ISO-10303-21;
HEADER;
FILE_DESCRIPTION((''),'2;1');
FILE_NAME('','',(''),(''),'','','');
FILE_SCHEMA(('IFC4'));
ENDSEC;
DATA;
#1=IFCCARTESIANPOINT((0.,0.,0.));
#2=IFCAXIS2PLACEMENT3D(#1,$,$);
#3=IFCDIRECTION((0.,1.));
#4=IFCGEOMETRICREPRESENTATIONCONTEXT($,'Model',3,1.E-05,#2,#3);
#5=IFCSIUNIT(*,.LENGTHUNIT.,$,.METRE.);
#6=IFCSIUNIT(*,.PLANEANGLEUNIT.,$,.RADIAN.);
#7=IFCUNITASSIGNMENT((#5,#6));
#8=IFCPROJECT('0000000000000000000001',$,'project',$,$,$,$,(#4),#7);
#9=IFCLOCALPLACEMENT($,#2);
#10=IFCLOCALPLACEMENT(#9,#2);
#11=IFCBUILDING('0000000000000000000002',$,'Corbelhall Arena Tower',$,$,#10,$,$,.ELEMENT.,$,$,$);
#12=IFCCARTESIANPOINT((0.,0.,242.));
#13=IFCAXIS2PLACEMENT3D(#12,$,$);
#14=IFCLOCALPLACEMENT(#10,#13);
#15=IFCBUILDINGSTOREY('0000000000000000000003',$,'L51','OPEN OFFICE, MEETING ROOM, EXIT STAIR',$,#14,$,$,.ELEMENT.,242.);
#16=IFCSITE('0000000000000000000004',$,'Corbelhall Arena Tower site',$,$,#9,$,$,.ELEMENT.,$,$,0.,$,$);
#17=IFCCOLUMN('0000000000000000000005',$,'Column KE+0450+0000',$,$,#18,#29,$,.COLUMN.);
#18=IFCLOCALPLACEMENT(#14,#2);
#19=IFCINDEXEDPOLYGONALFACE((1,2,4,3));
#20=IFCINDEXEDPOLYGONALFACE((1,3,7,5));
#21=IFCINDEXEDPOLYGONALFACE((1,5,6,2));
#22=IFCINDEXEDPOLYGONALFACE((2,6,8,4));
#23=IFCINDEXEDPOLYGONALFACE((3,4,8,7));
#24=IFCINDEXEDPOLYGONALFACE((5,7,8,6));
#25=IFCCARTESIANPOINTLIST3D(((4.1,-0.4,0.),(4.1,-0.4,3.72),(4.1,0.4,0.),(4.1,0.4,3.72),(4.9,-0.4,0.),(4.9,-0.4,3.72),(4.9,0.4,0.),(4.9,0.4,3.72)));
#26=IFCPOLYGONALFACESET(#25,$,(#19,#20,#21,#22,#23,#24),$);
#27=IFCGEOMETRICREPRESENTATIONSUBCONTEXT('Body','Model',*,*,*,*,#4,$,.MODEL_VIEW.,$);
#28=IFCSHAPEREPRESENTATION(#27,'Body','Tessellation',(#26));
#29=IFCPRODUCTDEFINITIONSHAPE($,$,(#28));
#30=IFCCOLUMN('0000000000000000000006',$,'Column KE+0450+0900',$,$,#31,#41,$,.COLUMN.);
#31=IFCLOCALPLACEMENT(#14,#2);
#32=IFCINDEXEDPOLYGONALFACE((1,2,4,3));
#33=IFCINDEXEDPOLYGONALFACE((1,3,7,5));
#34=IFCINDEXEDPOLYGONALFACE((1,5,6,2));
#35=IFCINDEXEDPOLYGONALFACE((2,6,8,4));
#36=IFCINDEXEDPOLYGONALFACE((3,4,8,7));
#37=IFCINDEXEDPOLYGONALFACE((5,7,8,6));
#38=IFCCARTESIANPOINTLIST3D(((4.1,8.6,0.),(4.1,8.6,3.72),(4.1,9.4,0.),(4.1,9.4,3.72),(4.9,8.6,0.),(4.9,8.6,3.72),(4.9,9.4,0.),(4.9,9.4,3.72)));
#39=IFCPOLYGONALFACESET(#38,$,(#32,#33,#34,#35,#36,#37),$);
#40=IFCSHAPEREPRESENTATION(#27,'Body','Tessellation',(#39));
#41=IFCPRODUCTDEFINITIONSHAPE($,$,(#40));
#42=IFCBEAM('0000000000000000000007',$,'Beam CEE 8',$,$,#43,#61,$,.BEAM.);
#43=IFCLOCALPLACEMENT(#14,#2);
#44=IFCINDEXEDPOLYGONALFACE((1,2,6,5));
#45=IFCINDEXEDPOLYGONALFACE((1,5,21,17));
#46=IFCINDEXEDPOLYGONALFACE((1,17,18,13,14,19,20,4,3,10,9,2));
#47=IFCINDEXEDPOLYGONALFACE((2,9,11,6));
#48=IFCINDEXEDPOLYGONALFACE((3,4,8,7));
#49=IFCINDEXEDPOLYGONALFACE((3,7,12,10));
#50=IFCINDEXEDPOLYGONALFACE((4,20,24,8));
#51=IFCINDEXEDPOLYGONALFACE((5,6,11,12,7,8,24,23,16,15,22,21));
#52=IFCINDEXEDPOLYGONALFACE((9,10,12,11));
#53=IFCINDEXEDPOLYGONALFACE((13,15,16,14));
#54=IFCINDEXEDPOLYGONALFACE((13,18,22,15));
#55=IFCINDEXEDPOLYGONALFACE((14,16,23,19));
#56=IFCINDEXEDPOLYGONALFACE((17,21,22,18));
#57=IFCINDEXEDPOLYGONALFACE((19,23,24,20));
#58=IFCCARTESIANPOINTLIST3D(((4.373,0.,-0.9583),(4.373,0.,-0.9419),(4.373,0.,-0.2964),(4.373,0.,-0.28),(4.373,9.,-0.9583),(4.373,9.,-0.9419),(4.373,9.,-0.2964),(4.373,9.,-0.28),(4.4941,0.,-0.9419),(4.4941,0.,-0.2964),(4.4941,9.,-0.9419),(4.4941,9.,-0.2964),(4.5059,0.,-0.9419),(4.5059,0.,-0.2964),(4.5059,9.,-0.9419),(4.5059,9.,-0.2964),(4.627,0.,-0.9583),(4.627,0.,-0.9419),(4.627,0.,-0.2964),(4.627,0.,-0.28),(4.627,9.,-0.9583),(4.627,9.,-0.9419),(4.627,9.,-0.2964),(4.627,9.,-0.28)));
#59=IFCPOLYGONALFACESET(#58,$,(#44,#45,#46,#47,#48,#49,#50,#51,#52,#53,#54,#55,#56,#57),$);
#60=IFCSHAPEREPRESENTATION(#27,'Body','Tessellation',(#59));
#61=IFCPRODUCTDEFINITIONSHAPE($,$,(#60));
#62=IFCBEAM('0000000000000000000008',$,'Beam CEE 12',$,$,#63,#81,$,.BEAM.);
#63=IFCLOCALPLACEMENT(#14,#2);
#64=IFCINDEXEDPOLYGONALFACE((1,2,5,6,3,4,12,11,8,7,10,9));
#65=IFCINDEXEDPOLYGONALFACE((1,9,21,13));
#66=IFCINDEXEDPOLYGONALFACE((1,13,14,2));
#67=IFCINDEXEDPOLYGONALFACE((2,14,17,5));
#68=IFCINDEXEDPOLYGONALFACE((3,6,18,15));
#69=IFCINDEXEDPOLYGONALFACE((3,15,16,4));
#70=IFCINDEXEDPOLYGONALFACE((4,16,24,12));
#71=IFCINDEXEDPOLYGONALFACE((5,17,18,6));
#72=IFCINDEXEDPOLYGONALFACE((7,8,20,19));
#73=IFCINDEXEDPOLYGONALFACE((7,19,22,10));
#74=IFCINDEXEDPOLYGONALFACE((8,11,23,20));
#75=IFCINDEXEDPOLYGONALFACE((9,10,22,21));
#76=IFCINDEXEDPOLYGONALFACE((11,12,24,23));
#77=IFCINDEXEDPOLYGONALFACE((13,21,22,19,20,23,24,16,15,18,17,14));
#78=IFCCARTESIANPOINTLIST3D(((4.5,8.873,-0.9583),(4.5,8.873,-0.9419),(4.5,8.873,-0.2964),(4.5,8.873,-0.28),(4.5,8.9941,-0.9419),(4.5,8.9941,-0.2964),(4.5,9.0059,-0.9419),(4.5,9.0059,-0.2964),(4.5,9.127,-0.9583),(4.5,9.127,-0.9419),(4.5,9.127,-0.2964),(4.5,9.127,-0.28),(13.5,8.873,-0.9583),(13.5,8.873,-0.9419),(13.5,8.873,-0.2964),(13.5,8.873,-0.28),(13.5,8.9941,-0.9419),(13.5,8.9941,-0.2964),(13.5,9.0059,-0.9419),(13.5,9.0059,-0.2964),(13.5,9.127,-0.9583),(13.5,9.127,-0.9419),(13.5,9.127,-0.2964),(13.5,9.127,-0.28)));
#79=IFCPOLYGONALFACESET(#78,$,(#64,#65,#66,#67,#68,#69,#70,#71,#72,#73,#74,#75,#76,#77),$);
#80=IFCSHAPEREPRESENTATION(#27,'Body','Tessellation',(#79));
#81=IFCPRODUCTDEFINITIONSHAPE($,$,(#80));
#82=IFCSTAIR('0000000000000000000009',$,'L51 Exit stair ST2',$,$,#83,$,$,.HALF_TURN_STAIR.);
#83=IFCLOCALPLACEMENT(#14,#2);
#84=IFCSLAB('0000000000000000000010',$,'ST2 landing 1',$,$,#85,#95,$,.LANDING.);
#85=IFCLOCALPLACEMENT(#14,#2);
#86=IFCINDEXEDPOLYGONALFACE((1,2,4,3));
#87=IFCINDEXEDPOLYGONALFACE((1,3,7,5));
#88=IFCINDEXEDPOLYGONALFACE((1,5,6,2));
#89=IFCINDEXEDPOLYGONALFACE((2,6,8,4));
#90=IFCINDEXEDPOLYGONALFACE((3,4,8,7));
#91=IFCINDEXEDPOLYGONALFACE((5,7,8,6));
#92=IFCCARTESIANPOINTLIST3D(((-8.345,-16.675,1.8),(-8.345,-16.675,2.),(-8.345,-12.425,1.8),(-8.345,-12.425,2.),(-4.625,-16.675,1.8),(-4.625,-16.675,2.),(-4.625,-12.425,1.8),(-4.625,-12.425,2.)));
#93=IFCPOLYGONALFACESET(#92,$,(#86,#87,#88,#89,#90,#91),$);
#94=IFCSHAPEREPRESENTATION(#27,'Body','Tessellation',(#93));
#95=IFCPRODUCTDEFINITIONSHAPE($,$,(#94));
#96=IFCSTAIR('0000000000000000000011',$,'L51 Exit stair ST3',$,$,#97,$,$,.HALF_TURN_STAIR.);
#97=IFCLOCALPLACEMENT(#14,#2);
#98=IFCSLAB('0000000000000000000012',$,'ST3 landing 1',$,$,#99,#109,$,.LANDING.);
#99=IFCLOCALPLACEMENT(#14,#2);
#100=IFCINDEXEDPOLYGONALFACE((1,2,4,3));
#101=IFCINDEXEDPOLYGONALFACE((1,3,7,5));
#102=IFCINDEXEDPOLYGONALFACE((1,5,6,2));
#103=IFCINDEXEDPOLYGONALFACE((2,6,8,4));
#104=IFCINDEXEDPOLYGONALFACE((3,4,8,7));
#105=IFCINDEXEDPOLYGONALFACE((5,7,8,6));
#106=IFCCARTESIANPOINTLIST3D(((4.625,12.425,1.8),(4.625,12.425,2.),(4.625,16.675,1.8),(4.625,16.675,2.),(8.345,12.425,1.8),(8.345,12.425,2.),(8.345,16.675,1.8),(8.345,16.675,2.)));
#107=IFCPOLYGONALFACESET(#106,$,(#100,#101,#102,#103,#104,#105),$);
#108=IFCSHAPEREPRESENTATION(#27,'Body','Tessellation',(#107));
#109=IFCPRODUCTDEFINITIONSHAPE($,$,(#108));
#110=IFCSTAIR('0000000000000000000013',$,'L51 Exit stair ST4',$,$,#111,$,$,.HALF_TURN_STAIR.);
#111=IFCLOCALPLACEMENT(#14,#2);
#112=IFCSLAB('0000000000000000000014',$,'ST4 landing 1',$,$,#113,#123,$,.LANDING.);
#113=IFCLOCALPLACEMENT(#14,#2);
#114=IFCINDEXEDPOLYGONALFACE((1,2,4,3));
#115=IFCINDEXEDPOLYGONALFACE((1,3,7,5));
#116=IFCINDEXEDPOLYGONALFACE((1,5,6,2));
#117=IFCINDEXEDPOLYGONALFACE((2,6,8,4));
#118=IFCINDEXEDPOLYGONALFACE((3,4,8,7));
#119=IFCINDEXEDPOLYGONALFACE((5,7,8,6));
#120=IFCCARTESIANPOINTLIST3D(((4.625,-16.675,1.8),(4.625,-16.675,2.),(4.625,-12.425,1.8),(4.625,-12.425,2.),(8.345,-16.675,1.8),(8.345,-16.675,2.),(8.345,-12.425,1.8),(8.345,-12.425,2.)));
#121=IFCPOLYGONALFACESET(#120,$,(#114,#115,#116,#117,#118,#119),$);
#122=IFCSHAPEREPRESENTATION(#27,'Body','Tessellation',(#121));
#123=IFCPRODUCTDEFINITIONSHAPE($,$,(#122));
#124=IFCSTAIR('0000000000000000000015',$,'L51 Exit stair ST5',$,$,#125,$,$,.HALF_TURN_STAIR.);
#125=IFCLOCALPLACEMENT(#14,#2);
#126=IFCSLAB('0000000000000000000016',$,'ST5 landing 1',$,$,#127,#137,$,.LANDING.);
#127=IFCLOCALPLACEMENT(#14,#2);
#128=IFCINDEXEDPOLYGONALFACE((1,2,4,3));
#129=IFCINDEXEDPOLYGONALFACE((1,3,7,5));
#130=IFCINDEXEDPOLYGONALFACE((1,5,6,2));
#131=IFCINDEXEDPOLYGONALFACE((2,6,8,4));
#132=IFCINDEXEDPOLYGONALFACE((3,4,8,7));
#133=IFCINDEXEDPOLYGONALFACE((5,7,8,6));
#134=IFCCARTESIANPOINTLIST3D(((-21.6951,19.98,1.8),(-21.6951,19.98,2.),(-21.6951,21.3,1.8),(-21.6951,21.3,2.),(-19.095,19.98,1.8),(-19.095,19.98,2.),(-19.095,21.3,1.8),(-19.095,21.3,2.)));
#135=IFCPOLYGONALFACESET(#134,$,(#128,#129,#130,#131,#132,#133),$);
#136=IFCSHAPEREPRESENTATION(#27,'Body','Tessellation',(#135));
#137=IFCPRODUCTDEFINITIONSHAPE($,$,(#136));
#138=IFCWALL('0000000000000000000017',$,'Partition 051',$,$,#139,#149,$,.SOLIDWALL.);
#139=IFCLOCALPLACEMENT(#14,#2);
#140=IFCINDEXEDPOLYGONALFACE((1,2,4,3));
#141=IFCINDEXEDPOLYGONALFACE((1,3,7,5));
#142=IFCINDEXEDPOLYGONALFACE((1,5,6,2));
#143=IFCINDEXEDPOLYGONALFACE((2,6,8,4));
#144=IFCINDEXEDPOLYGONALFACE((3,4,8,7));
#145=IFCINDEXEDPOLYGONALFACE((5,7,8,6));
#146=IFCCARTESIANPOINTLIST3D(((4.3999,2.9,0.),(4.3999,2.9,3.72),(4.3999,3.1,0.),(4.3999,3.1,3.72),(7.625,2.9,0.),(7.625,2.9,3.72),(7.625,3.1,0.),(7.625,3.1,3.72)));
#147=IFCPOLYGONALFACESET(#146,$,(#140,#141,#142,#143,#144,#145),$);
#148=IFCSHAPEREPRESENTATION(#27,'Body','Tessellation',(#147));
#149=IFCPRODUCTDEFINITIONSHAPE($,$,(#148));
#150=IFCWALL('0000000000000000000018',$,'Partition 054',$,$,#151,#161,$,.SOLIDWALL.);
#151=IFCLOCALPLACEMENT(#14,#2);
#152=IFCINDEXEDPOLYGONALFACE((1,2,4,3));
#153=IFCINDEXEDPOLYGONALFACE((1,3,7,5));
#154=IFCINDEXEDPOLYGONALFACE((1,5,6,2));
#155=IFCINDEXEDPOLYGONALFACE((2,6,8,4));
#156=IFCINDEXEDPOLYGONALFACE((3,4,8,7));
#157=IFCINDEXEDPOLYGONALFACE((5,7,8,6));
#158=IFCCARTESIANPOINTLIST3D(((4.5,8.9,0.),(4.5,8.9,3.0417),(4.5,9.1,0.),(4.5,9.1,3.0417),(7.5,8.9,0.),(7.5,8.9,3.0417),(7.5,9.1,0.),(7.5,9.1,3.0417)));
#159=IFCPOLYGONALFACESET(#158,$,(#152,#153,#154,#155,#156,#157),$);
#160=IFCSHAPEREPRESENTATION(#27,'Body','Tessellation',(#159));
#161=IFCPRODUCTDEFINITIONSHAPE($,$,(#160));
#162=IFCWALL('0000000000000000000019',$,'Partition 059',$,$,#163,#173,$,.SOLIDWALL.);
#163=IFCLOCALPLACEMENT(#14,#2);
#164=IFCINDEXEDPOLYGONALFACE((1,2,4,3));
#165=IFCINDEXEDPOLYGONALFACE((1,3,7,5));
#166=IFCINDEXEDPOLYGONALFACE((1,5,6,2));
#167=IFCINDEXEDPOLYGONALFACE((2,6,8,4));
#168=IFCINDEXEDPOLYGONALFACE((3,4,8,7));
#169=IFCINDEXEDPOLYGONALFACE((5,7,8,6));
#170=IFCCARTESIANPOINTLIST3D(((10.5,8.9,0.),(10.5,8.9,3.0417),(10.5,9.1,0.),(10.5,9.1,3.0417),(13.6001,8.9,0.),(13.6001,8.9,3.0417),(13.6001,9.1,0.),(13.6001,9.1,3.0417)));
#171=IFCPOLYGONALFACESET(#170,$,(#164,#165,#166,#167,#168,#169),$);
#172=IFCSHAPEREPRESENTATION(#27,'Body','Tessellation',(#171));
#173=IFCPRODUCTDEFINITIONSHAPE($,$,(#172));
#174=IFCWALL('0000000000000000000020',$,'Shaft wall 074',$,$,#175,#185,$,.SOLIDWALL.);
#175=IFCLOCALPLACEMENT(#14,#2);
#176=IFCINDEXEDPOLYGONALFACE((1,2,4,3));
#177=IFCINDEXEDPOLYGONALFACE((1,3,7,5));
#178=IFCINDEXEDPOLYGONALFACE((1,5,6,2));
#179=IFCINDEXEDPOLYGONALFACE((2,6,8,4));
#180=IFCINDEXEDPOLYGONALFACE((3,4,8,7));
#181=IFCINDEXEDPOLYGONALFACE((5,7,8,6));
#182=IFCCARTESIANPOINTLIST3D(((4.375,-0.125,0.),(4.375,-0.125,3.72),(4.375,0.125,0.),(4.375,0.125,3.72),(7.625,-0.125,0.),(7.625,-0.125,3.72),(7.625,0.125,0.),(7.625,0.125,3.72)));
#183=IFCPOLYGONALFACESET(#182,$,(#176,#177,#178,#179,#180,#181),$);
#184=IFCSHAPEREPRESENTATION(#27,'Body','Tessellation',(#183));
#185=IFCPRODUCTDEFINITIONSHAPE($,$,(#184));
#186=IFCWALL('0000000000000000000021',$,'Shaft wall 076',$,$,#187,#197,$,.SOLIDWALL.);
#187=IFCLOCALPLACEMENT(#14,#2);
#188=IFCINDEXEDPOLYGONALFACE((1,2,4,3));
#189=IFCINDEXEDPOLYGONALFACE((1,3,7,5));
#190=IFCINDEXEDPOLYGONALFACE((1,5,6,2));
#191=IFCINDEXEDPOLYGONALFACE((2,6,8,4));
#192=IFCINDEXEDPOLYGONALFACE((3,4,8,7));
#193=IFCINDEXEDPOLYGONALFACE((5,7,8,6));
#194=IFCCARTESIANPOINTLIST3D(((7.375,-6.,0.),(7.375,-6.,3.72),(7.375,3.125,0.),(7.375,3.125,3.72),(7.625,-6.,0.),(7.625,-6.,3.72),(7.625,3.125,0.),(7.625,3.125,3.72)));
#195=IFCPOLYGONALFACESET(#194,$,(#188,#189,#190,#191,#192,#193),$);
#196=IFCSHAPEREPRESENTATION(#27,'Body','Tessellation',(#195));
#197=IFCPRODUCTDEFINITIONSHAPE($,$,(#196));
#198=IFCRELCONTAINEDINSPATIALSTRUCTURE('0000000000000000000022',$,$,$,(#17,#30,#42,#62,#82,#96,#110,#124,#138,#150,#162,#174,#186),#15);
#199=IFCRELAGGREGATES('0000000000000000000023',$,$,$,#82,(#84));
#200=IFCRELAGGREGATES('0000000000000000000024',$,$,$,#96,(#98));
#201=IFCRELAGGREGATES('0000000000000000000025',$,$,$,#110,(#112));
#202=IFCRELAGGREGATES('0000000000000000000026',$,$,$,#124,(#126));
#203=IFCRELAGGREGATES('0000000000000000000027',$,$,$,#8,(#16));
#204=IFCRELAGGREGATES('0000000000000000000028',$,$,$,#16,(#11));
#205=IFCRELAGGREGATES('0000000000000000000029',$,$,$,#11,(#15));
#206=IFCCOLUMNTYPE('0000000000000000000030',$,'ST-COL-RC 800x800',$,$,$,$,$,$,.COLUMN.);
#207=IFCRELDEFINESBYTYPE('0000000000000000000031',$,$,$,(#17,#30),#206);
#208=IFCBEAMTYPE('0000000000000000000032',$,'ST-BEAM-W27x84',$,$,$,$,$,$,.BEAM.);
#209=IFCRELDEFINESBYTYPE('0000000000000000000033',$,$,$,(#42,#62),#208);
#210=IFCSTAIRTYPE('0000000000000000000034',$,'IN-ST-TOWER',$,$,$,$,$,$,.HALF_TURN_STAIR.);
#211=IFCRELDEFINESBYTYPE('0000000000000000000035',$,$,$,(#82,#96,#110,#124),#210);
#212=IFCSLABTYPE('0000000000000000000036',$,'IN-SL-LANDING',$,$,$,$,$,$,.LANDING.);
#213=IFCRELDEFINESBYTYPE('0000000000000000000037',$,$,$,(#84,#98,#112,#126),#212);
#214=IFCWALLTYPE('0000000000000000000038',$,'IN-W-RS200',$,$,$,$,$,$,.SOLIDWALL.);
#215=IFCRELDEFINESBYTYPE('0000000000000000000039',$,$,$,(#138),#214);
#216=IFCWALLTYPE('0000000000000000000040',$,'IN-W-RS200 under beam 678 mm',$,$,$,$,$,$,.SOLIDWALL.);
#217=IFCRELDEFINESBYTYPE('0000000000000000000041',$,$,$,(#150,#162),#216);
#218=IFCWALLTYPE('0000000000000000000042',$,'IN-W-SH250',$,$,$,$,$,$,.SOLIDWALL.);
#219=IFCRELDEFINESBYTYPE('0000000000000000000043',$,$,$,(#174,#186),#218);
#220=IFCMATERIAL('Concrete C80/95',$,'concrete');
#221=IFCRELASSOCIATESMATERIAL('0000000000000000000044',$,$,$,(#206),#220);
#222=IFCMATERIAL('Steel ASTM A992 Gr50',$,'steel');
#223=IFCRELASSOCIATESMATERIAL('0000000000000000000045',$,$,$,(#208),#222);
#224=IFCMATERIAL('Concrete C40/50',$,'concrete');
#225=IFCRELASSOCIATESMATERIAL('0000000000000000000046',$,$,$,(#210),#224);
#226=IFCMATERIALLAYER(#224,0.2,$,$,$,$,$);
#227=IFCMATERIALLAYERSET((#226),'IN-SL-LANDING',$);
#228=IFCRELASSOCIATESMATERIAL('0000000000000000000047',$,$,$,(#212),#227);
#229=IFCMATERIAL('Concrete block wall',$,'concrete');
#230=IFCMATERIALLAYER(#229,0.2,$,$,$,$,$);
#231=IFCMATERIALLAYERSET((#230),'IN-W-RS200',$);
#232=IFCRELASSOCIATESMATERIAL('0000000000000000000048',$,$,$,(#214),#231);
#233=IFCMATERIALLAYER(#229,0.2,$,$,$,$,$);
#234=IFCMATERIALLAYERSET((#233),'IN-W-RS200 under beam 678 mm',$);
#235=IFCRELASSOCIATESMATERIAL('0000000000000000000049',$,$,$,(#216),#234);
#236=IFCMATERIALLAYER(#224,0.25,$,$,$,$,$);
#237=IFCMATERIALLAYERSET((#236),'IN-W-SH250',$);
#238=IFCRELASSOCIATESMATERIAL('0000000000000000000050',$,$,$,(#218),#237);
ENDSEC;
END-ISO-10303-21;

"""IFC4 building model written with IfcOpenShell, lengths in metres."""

from ifc_helpers import new_model, si_unit, direction, frame, frame_2d, origin, origin_2d, place, context, subcontext, project, spatial, polyline, rectangle, i_section, outline, extrude, material, layer, layer_set, material_profile, profile_set, type_object, element, aggregate, save


model = new_model("IFC4")

# Units and contexts
model_context = context("Model", 3, precision=1e-05, world=origin(), true_north=direction((0.0, 1.0)))
body_context = subcontext(model_context, "Body", "Model", "MODEL_VIEW")
ifc_project = project(units=[si_unit("LENGTHUNIT", "METRE"), si_unit("PLANEANGLEUNIT", "RADIAN")], contexts=[model_context])

# Site, building, storey
site_placement = place(None, origin())
site = spatial("IfcSite", under=ifc_project, at=site_placement, Name="Corbelhall Arena Tower site", CompositionType="ELEMENT", RefElevation=0.0)
building_placement = place(site_placement, origin())
building = spatial("IfcBuilding", under=site, at=building_placement, Name="Corbelhall Arena Tower", CompositionType="ELEMENT")
storey_placement = place(building_placement, frame((0.0, 0.0, 242.0)))
storey = spatial("IfcBuildingStorey", under=building, at=storey_placement, Name="L51", Description="OPEN OFFICE, MEETING ROOM, EXIT STAIR", CompositionType="ELEMENT", Elevation=242.0)

# Columns
ifc_material_1 = material(Name="Concrete C80/95", Category="concrete")
ifc_material_profile_1 = material_profile(ifc_material_1, rectangle(XDim=0.8, YDim=0.8, at=origin_2d()))
ifc_profile_set_1 = profile_set([ifc_material_profile_1], Name="Concrete C80/95")
column_type = type_object("IfcColumnType", Name="ST-COL-RC 800x800", PredefinedType="COLUMN", material=ifc_profile_set_1)
for number, where, z_axis, x_axis, name in (
    (1, (4.5, 0.0, 0.0), (0.0, 0.0, 1.0), (1.0, 0.0, 0.0), "Column KE+0450+0000"),
    (2, (4.5, 9.0, 0.0), (0.0, 0.0, 1.0), (1.0, 0.0, 0.0), "Column KE+0450+0900"),
):
    element("IfcColumn", number, at=place(storey_placement, frame(where, z_axis=z_axis, x_axis=x_axis)), inside=storey, type_object=column_type, Name=name, PredefinedType="COLUMN", context=body_context, shape_type="SweptSolid", body=[
        extrude(rectangle(XDim=0.8, YDim=0.8, at=origin_2d()), origin(), (0.0, 0.0, 1.0), 3.72),
    ])

# Beams
ifc_material_2 = material(Name="Steel ASTM A992 Gr50", Category="steel")
ifc_material_profile_2 = material_profile(ifc_material_2, i_section(OverallWidth=0.2539, OverallDepth=0.6782, WebThickness=0.0117, FlangeThickness=0.0164, at=origin_2d()))
ifc_profile_set_2 = profile_set([ifc_material_profile_2], Name="Steel ASTM A992 Gr50")
beam_type = type_object("IfcBeamType", Name="ST-BEAM-W27x84", PredefinedType="BEAM", material=ifc_profile_set_2)
for number, where, z_axis, x_axis, name in (
    (3, (4.5, 0.0, -0.6191), (0.0, 1.0, 0.0), (-1.0, 0.0, 0.0), "Beam CEE 8"),
    (4, (4.5, 9.0, -0.6191), (1.0, 0.0, 0.0), (0.0, 1.0, 0.0), "Beam CEE 12"),
):
    element("IfcBeam", number, at=place(storey_placement, frame(where, z_axis=z_axis, x_axis=x_axis)), inside=storey, type_object=beam_type, Name=name, PredefinedType="BEAM", context=body_context, shape_type="SweptSolid", body=[
        extrude(i_section(OverallWidth=0.2539, OverallDepth=0.6782, WebThickness=0.0117, FlangeThickness=0.0164, at=origin_2d()), origin(), (0.0, 0.0, 1.0), 9.0),
    ])

# Stairs, slabs
ifc_material_3 = material(Name="Concrete C40/50", Category="concrete")
stair_type = type_object("IfcStairType", Name="IN-ST-TOWER", PredefinedType="HALF_TURN_STAIR", material=ifc_material_3)
stair_1_placement = place(storey_placement, origin())
stair_1 = element("IfcStair", 5, at=stair_1_placement, inside=storey, type_object=stair_type, Name="L51 Exit stair ST2", PredefinedType="HALF_TURN_STAIR")
ifc_layer_1 = layer(ifc_material_3, 0.2)
ifc_layer_set_1 = layer_set([ifc_layer_1], Name="IN-SL-LANDING")
slab_type = type_object("IfcSlabType", Name="IN-SL-LANDING", PredefinedType="LANDING", material=ifc_layer_set_1)
slab_1_placement = place(storey_placement, frame((0.0, 0.0, 1.8)))
slab_1 = element("IfcSlab", 6, at=slab_1_placement, type_object=slab_type, Name="ST2 landing 1", PredefinedType="LANDING", context=body_context, shape_type="SweptSolid", body=[
    extrude(outline(polyline([(-8.345, -16.675), (-4.625, -16.675), (-4.625, -12.425), (-8.345, -12.425), (-8.345, -16.675)])), origin(), (0.0, 0.0, 1.0), 0.2),
])
aggregate(stair_1, [slab_1])
stair_2_placement = place(storey_placement, origin())
stair_2 = element("IfcStair", 7, at=stair_2_placement, inside=storey, type_object=stair_type, Name="L51 Exit stair ST3", PredefinedType="HALF_TURN_STAIR")
slab_2_placement = place(storey_placement, frame((0.0, 0.0, 1.8)))
slab_2 = element("IfcSlab", 8, at=slab_2_placement, type_object=slab_type, Name="ST3 landing 1", PredefinedType="LANDING", context=body_context, shape_type="SweptSolid", body=[
    extrude(outline(polyline([(8.345, 16.675), (4.625, 16.675), (4.625, 12.425), (8.345, 12.425), (8.345, 16.675)])), origin(), (0.0, 0.0, 1.0), 0.2),
])
aggregate(stair_2, [slab_2])
stair_3_placement = place(storey_placement, origin())
stair_3 = element("IfcStair", 9, at=stair_3_placement, inside=storey, type_object=stair_type, Name="L51 Exit stair ST4", PredefinedType="HALF_TURN_STAIR")
slab_3_placement = place(storey_placement, frame((0.0, 0.0, 1.8)))
slab_3 = element("IfcSlab", 10, at=slab_3_placement, type_object=slab_type, Name="ST4 landing 1", PredefinedType="LANDING", context=body_context, shape_type="SweptSolid", body=[
    extrude(outline(polyline([(8.345, -12.425), (4.625, -12.425), (4.625, -16.675), (8.345, -16.675), (8.345, -12.425)])), origin(), (0.0, 0.0, 1.0), 0.2),
])
aggregate(stair_3, [slab_3])
stair_4_placement = place(storey_placement, origin())
stair_4 = element("IfcStair", 11, at=stair_4_placement, inside=storey, type_object=stair_type, Name="L51 Exit stair ST5", PredefinedType="HALF_TURN_STAIR")
slab_4_placement = place(storey_placement, frame((0.0, 0.0, 1.8)))
slab_4 = element("IfcSlab", 12, at=slab_4_placement, type_object=slab_type, Name="ST5 landing 1", PredefinedType="LANDING", context=body_context, shape_type="SweptSolid", body=[
    extrude(outline(polyline([(-19.095, 19.98), (-19.095, 21.3), (-21.6951, 21.3), (-21.6951, 19.98), (-19.095, 19.98)])), origin(), (0.0, 0.0, 1.0), 0.2),
])
aggregate(stair_4, [slab_4])

# Wall
ifc_material_4 = material(Name="Concrete block wall", Category="concrete")
ifc_layer_2 = layer(ifc_material_4, 0.2)
ifc_layer_set_2 = layer_set([ifc_layer_2], Name="IN-W-RS200")
wall_type_1 = type_object("IfcWallType", Name="IN-W-RS200", PredefinedType="SOLIDWALL", material=ifc_layer_set_2)
wall_1_placement = place(storey_placement, frame((4.3999, 3.0, 0.0), z_axis=(0.0, 0.0, 1.0), x_axis=(1.0, 0.0, 0.0)))
element("IfcWall", 13, at=wall_1_placement, inside=storey, type_object=wall_type_1, Name="Partition 051", PredefinedType="SOLIDWALL", context=body_context, shape_type="SweptSolid", body=[
    extrude(rectangle(XDim=3.2251, YDim=0.2, at=frame_2d((1.6125, 0.0))), origin(), (0.0, 0.0, 1.0), 3.72),
])

# Shared definitions
ifc_layer_3 = layer(ifc_material_4, 0.2)
ifc_layer_set_3 = layer_set([ifc_layer_3], Name="IN-W-RS200 under beam 678 mm")
wall_type_2 = type_object("IfcWallType", Name="IN-W-RS200 under beam 678 mm", PredefinedType="SOLIDWALL", material=ifc_layer_set_3)

# Walls
wall_2_placement = place(storey_placement, frame((4.5, 9.0, 0.0), z_axis=(0.0, 0.0, 1.0), x_axis=(1.0, 0.0, 0.0)))
element("IfcWall", 14, at=wall_2_placement, inside=storey, type_object=wall_type_2, Name="Partition 054", PredefinedType="SOLIDWALL", context=body_context, shape_type="SweptSolid", body=[
    extrude(rectangle(XDim=3.0, YDim=0.2, at=frame_2d((1.5, 0.0))), origin(), (0.0, 0.0, 1.0), 3.0417),
])
wall_3_placement = place(storey_placement, frame((10.5, 9.0, 0.0), z_axis=(0.0, 0.0, 1.0), x_axis=(1.0, 0.0, 0.0)))
element("IfcWall", 15, at=wall_3_placement, inside=storey, type_object=wall_type_2, Name="Partition 059", PredefinedType="SOLIDWALL", context=body_context, shape_type="SweptSolid", body=[
    extrude(rectangle(XDim=3.1001, YDim=0.2, at=frame_2d((1.55, 0.0))), origin(), (0.0, 0.0, 1.0), 3.0417),
])
ifc_layer_4 = layer(ifc_material_3, 0.25)
ifc_layer_set_4 = layer_set([ifc_layer_4], Name="IN-W-SH250")
wall_type_3 = type_object("IfcWallType", Name="IN-W-SH250", PredefinedType="SOLIDWALL", material=ifc_layer_set_4)
wall_4_placement = place(storey_placement, frame((4.375, 0.0, 0.0), z_axis=(0.0, 0.0, 1.0), x_axis=(1.0, 0.0, 0.0)))
element("IfcWall", 16, at=wall_4_placement, inside=storey, type_object=wall_type_3, Name="Shaft wall 074", PredefinedType="SOLIDWALL", context=body_context, shape_type="SweptSolid", body=[
    extrude(rectangle(XDim=3.25, YDim=0.25, at=frame_2d((1.625, 0.0))), origin(), (0.0, 0.0, 1.0), 3.72),
])
wall_5_placement = place(storey_placement, frame((7.5, 3.125, 0.0), z_axis=(0.0, 0.0, 1.0), x_axis=(0.0, -1.0, 0.0)))
element("IfcWall", 17, at=wall_5_placement, inside=storey, type_object=wall_type_3, Name="Shaft wall 076", PredefinedType="SOLIDWALL", context=body_context, shape_type="SweptSolid", body=[
    extrude(rectangle(XDim=9.125, YDim=0.25, at=frame_2d((4.5625, 0.0))), origin(), (0.0, 0.0, 1.0), 3.72),
])

save(model, "model.ifc")
